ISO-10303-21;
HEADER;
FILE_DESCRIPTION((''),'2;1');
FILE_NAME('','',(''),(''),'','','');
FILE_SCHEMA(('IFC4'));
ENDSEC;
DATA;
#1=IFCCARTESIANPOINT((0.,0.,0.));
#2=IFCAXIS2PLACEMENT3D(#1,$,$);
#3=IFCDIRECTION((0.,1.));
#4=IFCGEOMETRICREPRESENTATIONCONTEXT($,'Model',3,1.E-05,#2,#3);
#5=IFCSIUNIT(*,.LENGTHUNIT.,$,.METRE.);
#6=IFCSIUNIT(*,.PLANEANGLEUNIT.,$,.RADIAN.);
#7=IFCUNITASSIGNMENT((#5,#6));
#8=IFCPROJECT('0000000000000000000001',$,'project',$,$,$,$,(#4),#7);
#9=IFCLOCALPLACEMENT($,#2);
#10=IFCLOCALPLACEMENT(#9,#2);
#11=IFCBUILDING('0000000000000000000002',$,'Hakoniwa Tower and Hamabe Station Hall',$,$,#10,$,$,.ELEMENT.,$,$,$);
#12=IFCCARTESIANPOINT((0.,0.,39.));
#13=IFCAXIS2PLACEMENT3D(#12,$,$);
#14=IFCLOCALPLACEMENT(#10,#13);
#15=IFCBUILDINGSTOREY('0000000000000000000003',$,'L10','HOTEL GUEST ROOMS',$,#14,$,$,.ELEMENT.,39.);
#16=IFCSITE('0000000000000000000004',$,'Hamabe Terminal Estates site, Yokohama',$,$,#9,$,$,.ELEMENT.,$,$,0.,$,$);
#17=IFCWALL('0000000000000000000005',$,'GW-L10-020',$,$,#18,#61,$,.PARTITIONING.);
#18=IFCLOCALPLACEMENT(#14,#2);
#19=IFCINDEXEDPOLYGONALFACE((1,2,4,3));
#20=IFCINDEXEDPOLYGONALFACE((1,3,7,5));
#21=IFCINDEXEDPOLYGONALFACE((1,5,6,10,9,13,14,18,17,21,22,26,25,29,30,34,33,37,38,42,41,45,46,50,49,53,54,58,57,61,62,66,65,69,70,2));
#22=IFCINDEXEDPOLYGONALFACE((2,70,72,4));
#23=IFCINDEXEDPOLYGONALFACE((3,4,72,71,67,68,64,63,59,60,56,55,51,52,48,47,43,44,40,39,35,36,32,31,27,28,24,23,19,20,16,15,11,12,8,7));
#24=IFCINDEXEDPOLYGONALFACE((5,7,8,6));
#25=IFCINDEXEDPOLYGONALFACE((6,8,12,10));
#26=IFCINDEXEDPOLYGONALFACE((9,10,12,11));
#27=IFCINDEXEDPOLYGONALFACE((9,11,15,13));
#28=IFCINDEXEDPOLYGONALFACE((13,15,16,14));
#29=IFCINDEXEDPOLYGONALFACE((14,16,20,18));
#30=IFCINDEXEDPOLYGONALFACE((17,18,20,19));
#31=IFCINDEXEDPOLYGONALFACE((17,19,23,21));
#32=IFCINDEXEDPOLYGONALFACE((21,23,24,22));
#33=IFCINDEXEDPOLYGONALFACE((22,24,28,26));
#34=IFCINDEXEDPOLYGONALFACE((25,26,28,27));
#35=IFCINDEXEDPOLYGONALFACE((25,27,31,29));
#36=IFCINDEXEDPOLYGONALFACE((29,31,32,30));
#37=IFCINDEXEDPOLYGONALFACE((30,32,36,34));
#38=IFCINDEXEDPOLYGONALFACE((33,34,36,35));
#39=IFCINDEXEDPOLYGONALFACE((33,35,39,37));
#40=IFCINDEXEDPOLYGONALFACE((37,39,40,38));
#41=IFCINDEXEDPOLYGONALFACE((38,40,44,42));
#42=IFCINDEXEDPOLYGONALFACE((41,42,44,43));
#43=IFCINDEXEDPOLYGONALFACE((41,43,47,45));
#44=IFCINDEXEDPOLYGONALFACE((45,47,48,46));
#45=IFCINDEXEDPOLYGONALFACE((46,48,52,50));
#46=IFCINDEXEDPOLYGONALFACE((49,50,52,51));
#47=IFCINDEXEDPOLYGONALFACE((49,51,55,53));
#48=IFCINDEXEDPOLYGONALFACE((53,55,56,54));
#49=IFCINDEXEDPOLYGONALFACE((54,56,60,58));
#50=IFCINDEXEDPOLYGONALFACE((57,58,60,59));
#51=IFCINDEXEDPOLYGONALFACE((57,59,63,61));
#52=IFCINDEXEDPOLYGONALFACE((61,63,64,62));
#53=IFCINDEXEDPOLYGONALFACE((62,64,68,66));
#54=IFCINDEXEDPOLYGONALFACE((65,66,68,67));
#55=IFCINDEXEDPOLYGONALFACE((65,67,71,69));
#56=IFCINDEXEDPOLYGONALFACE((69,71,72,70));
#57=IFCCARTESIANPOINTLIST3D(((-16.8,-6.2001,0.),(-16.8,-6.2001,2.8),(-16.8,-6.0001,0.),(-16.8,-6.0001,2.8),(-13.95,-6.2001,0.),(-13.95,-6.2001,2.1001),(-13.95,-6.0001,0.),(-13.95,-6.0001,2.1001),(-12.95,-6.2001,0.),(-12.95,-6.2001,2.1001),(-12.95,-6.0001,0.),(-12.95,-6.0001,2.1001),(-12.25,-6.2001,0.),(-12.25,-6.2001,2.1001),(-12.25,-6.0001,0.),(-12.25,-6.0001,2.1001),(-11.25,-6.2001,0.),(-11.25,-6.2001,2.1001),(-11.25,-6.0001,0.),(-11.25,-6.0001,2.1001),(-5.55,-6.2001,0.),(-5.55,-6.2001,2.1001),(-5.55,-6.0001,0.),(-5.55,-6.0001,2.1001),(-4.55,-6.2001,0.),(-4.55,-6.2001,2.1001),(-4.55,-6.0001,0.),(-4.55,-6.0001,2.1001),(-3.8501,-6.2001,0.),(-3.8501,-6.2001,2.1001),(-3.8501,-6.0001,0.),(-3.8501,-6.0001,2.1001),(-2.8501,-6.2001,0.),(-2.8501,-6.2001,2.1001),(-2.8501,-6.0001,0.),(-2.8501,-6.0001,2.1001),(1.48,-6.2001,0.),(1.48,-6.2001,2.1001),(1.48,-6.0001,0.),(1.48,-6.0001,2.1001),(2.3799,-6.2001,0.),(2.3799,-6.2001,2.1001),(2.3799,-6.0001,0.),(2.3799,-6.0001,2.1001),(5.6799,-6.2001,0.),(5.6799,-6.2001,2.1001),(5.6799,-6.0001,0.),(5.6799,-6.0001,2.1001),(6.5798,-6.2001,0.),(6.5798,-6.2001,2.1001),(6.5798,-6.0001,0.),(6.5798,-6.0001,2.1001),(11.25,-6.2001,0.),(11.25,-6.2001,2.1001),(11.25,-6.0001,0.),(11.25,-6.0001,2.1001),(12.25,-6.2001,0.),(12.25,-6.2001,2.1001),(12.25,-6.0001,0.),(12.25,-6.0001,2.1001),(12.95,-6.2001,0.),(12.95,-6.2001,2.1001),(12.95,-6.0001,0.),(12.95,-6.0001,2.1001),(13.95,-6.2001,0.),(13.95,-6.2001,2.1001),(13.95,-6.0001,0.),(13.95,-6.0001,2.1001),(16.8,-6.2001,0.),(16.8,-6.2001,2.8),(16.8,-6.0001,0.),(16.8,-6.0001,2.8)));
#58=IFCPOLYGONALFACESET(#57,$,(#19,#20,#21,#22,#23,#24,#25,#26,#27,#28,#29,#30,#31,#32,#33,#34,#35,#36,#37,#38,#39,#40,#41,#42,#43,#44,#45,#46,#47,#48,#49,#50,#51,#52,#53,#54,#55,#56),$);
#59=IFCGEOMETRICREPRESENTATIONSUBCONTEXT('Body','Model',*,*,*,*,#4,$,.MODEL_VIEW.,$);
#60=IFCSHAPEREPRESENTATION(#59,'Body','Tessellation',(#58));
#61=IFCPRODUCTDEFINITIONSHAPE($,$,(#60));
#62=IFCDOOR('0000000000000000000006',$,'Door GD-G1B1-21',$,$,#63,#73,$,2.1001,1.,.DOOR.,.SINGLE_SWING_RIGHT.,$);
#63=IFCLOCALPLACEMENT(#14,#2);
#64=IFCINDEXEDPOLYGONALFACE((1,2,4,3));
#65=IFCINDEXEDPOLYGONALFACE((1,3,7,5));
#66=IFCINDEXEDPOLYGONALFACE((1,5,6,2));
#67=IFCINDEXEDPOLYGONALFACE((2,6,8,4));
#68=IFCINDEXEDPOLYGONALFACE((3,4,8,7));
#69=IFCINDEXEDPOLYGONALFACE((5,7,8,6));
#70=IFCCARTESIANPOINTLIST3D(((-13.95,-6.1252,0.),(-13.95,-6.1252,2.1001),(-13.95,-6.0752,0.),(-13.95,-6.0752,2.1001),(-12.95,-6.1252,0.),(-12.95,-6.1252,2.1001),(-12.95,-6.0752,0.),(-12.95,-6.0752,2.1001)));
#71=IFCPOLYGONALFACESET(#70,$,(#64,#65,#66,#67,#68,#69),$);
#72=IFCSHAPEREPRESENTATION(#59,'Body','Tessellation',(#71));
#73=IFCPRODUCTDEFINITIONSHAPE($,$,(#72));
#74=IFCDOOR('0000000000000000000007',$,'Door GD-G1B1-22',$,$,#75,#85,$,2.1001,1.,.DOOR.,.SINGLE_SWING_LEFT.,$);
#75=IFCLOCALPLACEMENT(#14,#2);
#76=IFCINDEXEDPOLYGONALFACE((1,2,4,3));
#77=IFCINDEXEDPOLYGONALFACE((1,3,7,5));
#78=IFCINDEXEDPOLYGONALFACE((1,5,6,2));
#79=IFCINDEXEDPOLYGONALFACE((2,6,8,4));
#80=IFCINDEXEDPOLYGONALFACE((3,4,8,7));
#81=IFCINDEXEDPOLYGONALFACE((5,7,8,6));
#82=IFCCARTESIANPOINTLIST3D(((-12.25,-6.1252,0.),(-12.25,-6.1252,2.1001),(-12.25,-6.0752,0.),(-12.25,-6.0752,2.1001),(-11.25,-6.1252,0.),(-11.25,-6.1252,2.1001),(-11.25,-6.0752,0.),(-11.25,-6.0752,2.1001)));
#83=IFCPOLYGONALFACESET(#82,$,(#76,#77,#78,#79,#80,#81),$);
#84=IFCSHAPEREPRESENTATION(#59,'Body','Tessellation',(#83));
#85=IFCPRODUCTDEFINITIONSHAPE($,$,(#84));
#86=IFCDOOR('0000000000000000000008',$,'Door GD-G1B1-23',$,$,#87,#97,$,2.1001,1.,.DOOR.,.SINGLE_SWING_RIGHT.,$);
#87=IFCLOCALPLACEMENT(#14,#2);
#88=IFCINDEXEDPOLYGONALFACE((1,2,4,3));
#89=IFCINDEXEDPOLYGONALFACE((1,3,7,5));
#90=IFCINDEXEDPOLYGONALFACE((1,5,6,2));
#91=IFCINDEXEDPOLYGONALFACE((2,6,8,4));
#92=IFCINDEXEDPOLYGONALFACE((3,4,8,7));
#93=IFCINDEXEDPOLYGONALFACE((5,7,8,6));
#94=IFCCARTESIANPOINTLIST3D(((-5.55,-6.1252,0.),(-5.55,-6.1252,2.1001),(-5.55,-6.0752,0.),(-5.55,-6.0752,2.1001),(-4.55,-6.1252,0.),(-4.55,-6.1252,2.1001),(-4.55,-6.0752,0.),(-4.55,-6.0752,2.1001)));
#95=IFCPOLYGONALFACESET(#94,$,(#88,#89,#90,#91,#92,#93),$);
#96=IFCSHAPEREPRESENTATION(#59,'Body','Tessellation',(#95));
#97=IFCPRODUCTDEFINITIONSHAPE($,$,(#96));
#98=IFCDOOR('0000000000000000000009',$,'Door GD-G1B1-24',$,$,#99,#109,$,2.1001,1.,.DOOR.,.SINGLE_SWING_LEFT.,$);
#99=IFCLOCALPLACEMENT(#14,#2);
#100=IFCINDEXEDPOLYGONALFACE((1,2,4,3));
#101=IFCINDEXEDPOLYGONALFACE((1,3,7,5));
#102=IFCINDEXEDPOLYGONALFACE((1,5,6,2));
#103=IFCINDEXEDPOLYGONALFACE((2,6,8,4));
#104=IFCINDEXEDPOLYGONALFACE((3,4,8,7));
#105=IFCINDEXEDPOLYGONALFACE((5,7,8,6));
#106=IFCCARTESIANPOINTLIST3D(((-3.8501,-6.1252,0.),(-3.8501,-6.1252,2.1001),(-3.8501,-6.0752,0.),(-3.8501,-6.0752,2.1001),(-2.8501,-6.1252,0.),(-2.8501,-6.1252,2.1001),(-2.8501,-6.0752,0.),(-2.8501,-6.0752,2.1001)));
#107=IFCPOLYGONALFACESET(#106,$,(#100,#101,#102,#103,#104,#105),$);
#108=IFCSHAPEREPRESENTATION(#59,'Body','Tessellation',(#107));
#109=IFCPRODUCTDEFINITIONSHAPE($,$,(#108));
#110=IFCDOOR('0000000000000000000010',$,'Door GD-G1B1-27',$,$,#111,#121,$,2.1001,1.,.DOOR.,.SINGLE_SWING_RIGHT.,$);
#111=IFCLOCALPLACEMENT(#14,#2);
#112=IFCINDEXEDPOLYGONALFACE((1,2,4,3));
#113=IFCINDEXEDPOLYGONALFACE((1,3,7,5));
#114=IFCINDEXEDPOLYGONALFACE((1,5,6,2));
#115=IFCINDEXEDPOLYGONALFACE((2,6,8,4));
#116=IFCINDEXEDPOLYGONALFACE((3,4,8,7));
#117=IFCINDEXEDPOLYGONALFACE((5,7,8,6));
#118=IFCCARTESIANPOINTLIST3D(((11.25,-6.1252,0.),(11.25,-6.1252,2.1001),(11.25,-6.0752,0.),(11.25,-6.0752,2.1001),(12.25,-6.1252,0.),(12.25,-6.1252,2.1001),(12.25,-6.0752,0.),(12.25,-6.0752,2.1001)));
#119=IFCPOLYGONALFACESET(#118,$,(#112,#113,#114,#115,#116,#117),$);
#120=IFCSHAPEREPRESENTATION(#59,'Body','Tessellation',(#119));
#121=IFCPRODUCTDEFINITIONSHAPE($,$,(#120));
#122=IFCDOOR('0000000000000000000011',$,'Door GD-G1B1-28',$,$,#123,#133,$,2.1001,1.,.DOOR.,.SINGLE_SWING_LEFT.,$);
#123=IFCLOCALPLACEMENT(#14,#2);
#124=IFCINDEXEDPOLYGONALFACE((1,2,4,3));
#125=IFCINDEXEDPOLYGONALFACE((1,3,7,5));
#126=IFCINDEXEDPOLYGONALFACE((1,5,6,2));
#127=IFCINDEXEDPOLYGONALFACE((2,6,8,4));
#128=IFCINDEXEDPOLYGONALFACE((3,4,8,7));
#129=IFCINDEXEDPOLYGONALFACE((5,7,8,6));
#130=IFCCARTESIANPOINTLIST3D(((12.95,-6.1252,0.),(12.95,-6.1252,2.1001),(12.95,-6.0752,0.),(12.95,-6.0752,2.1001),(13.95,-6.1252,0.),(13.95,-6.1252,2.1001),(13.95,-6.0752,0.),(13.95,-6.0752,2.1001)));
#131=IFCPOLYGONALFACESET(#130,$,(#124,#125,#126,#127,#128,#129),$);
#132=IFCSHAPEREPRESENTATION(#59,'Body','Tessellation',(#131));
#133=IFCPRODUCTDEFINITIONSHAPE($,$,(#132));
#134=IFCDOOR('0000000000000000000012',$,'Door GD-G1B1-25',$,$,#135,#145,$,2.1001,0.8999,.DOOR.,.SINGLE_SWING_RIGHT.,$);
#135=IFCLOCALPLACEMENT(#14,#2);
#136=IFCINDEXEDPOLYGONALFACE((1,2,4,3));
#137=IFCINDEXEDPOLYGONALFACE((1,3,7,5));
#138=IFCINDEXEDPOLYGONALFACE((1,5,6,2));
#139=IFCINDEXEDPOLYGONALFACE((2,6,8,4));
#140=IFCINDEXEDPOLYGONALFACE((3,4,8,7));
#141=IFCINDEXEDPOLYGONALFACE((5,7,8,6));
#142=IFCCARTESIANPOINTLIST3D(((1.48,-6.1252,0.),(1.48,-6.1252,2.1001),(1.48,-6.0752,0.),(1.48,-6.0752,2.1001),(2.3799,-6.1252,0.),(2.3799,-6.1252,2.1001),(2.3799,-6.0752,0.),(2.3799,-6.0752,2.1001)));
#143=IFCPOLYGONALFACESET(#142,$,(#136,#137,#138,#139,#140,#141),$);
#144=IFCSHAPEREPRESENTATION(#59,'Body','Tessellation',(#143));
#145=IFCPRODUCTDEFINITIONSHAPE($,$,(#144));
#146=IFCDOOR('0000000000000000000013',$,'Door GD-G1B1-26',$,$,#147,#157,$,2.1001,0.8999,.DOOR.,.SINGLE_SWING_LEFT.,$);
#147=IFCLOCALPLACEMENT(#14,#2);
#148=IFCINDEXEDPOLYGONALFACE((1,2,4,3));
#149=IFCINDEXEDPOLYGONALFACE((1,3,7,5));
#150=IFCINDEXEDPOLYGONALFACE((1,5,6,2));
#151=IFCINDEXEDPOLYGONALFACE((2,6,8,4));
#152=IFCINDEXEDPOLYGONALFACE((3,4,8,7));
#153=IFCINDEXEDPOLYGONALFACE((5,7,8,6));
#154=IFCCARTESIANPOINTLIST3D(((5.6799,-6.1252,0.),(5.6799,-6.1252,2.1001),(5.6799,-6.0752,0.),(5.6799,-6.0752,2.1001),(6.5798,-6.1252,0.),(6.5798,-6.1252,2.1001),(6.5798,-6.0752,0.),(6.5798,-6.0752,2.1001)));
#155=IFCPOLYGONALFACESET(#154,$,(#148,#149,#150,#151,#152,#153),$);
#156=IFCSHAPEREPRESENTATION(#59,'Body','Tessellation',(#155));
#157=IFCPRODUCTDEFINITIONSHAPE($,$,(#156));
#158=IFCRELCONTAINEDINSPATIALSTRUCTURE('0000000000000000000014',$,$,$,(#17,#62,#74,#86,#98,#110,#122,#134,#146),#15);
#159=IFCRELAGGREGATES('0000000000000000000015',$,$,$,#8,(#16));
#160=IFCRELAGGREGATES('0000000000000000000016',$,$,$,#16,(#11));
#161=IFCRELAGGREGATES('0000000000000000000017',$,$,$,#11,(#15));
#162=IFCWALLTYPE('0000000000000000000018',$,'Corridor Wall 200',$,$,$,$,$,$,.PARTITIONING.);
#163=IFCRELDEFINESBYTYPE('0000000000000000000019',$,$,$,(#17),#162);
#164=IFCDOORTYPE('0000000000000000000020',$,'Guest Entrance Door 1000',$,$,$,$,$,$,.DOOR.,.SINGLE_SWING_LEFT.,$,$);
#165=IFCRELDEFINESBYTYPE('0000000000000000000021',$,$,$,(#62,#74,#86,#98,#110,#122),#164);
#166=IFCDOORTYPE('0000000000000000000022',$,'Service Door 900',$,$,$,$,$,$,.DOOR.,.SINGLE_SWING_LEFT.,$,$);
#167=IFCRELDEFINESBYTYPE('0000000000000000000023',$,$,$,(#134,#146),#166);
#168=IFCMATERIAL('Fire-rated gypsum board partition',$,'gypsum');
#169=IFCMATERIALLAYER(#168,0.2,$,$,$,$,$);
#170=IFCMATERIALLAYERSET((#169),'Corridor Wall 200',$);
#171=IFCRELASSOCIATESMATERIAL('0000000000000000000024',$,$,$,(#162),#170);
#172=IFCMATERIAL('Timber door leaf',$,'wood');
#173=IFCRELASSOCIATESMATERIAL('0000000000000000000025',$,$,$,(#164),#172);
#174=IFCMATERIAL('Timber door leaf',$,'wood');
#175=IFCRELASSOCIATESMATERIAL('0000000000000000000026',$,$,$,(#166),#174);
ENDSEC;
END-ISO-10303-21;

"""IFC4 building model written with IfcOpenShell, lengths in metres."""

from ifc_helpers import new_model, si_unit, direction, frame, frame_2d, origin, place, context, subcontext, project, spatial, rectangle, extrude, material, layer, layer_set, type_object, element, fill, save


model = new_model("IFC4")

# Units and contexts
model_context = context("Model", 3, precision=1e-05, world=origin(), true_north=direction((0.0, 1.0)))
body_context = subcontext(model_context, "Body", "Model", "MODEL_VIEW")
ifc_project = project(units=[si_unit("LENGTHUNIT", "METRE"), si_unit("PLANEANGLEUNIT", "RADIAN")], contexts=[model_context])

# Site, building, storey
site_placement = place(None, origin())
site = spatial("IfcSite", under=ifc_project, at=site_placement, Name="Hamabe Terminal Estates site, Yokohama", CompositionType="ELEMENT", RefElevation=0.0)
building_placement = place(site_placement, origin())
building = spatial("IfcBuilding", under=site, at=building_placement, Name="Hakoniwa Tower and Hamabe Station Hall", CompositionType="ELEMENT")
storey_placement = place(building_placement, frame((0.0, 0.0, 39.0)))
storey = spatial("IfcBuildingStorey", under=building, at=storey_placement, Name="L10", Description="HOTEL GUEST ROOMS", CompositionType="ELEMENT", Elevation=39.0)

# Wall, openings, doors
ifc_material_1 = material(Name="Fire-rated gypsum board partition", Category="gypsum")
ifc_layer_1 = layer(ifc_material_1, 0.2)
ifc_layer_set_1 = layer_set([ifc_layer_1], Name="Corridor Wall 200")
wall_type_1 = type_object("IfcWallType", Name="Corridor Wall 200", PredefinedType="PARTITIONING", material=ifc_layer_set_1)
wall_1_placement = place(storey_placement, frame((-16.8, -6.1001, 0.0), z_axis=(0.0, 0.0, 1.0), x_axis=(1.0, 0.0, 0.0)))
wall_1 = element("IfcWall", 1, at=wall_1_placement, inside=storey, type_object=wall_type_1, Name="GW-L10-020", PredefinedType="PARTITIONING", context=body_context, shape_type="SweptSolid", body=[
    extrude(rectangle(XDim=33.6001, YDim=0.2, at=frame_2d((16.8, 0.0))), origin(), (0.0, 0.0, 1.0), 2.8),
])
opening_1_placement = place(wall_1_placement, frame((2.8501, 0.0, 0.0)))
opening_1 = element("IfcOpeningElement", 2, at=opening_1_placement, cuts=wall_1, PredefinedType="OPENING", context=body_context, shape_type="SweptSolid", body=[
    extrude(rectangle(XDim=1.0, YDim=2.1001, at=frame_2d((0.5, 1.05))), frame((0.0, 0.1099, 0.0), z_axis=(0.0, -1.0, 0.0), x_axis=(1.0, 0.0, 0.0)), (0.0, 0.0, 1.0), 0.22),
])
opening_2_placement = place(wall_1_placement, frame((4.55, 0.0, 0.0)))
opening_2 = element("IfcOpeningElement", 3, at=opening_2_placement, cuts=wall_1, PredefinedType="OPENING", context=body_context, shape_type="SweptSolid", body=[
    extrude(rectangle(XDim=1.0, YDim=2.1001, at=frame_2d((0.5, 1.05))), frame((0.0, 0.1099, 0.0), z_axis=(0.0, -1.0, 0.0), x_axis=(1.0, 0.0, 0.0)), (0.0, 0.0, 1.0), 0.22),
])
opening_3_placement = place(wall_1_placement, frame((11.25, 0.0, 0.0)))
opening_3 = element("IfcOpeningElement", 4, at=opening_3_placement, cuts=wall_1, PredefinedType="OPENING", context=body_context, shape_type="SweptSolid", body=[
    extrude(rectangle(XDim=1.0, YDim=2.1001, at=frame_2d((0.5, 1.05))), frame((0.0, 0.1099, 0.0), z_axis=(0.0, -1.0, 0.0), x_axis=(1.0, 0.0, 0.0)), (0.0, 0.0, 1.0), 0.22),
])
opening_4_placement = place(wall_1_placement, frame((12.95, 0.0, 0.0)))
opening_4 = element("IfcOpeningElement", 5, at=opening_4_placement, cuts=wall_1, PredefinedType="OPENING", context=body_context, shape_type="SweptSolid", body=[
    extrude(rectangle(XDim=1.0, YDim=2.1001, at=frame_2d((0.5, 1.05))), frame((0.0, 0.1099, 0.0), z_axis=(0.0, -1.0, 0.0), x_axis=(1.0, 0.0, 0.0)), (0.0, 0.0, 1.0), 0.22),
])
opening_5_placement = place(wall_1_placement, frame((18.28, 0.0, 0.0)))
opening_5 = element("IfcOpeningElement", 6, at=opening_5_placement, cuts=wall_1, PredefinedType="OPENING", context=body_context, shape_type="SweptSolid", body=[
    extrude(rectangle(XDim=0.8999, YDim=2.1001, at=frame_2d((0.45, 1.05))), frame((0.0, 0.1099, 0.0), z_axis=(0.0, -1.0, 0.0), x_axis=(1.0, 0.0, 0.0)), (0.0, 0.0, 1.0), 0.22),
])
opening_6_placement = place(wall_1_placement, frame((22.48, 0.0, 0.0)))
opening_6 = element("IfcOpeningElement", 7, at=opening_6_placement, cuts=wall_1, PredefinedType="OPENING", context=body_context, shape_type="SweptSolid", body=[
    extrude(rectangle(XDim=0.8999, YDim=2.1001, at=frame_2d((0.45, 1.05))), frame((0.0, 0.1099, 0.0), z_axis=(0.0, -1.0, 0.0), x_axis=(1.0, 0.0, 0.0)), (0.0, 0.0, 1.0), 0.22),
])
opening_7_placement = place(wall_1_placement, frame((28.05, 0.0, 0.0)))
opening_7 = element("IfcOpeningElement", 8, at=opening_7_placement, cuts=wall_1, PredefinedType="OPENING", context=body_context, shape_type="SweptSolid", body=[
    extrude(rectangle(XDim=1.0, YDim=2.1001, at=frame_2d((0.5, 1.05))), frame((0.0, 0.1099, 0.0), z_axis=(0.0, -1.0, 0.0), x_axis=(1.0, 0.0, 0.0)), (0.0, 0.0, 1.0), 0.22),
])
opening_8_placement = place(wall_1_placement, frame((29.75, 0.0, 0.0)))
opening_8 = element("IfcOpeningElement", 9, at=opening_8_placement, cuts=wall_1, PredefinedType="OPENING", context=body_context, shape_type="SweptSolid", body=[
    extrude(rectangle(XDim=1.0, YDim=2.1001, at=frame_2d((0.5, 1.05))), frame((0.0, 0.1099, 0.0), z_axis=(0.0, -1.0, 0.0), x_axis=(1.0, 0.0, 0.0)), (0.0, 0.0, 1.0), 0.22),
])
ifc_material_2 = material(Name="Timber door leaf", Category="wood")
door_type_1 = type_object("IfcDoorType", Name="Guest Entrance Door 1000", OperationType="SINGLE_SWING_LEFT", PredefinedType="DOOR", material=ifc_material_2)
door_1_placement = place(opening_1_placement, origin())
door_1 = element("IfcDoor", 10, at=door_1_placement, inside=storey, type_object=door_type_1, Name="Door GD-G1B1-21", OperationType="SINGLE_SWING_RIGHT", OverallHeight=2.1001, OverallWidth=1.0, PredefinedType="DOOR", context=body_context, shape_type="SweptSolid", body=[
    extrude(rectangle(XDim=1.0, YDim=2.1001, at=frame_2d((0.5, 1.05))), frame((0.0, 0.0249, 0.0), z_axis=(0.0, -1.0, 0.0), x_axis=(1.0, 0.0, 0.0)), (0.0, 0.0, 1.0), 0.05),
])
fill(opening_1, door_1)
door_2_placement = place(opening_2_placement, origin())
door_2 = element("IfcDoor", 11, at=door_2_placement, inside=storey, type_object=door_type_1, Name="Door GD-G1B1-22", OperationType="SINGLE_SWING_LEFT", OverallHeight=2.1001, OverallWidth=1.0, PredefinedType="DOOR", context=body_context, shape_type="SweptSolid", body=[
    extrude(rectangle(XDim=1.0, YDim=2.1001, at=frame_2d((0.5, 1.05))), frame((0.0, 0.0249, 0.0), z_axis=(0.0, -1.0, 0.0), x_axis=(1.0, 0.0, 0.0)), (0.0, 0.0, 1.0), 0.05),
])
fill(opening_2, door_2)
door_3_placement = place(opening_3_placement, origin())
door_3 = element("IfcDoor", 12, at=door_3_placement, inside=storey, type_object=door_type_1, Name="Door GD-G1B1-23", OperationType="SINGLE_SWING_RIGHT", OverallHeight=2.1001, OverallWidth=1.0, PredefinedType="DOOR", context=body_context, shape_type="SweptSolid", body=[
    extrude(rectangle(XDim=1.0, YDim=2.1001, at=frame_2d((0.5, 1.05))), frame((0.0, 0.0249, 0.0), z_axis=(0.0, -1.0, 0.0), x_axis=(1.0, 0.0, 0.0)), (0.0, 0.0, 1.0), 0.05),
])
fill(opening_3, door_3)
door_4_placement = place(opening_4_placement, origin())
door_4 = element("IfcDoor", 13, at=door_4_placement, inside=storey, type_object=door_type_1, Name="Door GD-G1B1-24", OperationType="SINGLE_SWING_LEFT", OverallHeight=2.1001, OverallWidth=1.0, PredefinedType="DOOR", context=body_context, shape_type="SweptSolid", body=[
    extrude(rectangle(XDim=1.0, YDim=2.1001, at=frame_2d((0.5, 1.05))), frame((0.0, 0.0249, 0.0), z_axis=(0.0, -1.0, 0.0), x_axis=(1.0, 0.0, 0.0)), (0.0, 0.0, 1.0), 0.05),
])
fill(opening_4, door_4)
door_5_placement = place(opening_7_placement, origin())
door_5 = element("IfcDoor", 14, at=door_5_placement, inside=storey, type_object=door_type_1, Name="Door GD-G1B1-27", OperationType="SINGLE_SWING_RIGHT", OverallHeight=2.1001, OverallWidth=1.0, PredefinedType="DOOR", context=body_context, shape_type="SweptSolid", body=[
    extrude(rectangle(XDim=1.0, YDim=2.1001, at=frame_2d((0.5, 1.05))), frame((0.0, 0.0249, 0.0), z_axis=(0.0, -1.0, 0.0), x_axis=(1.0, 0.0, 0.0)), (0.0, 0.0, 1.0), 0.05),
])
fill(opening_7, door_5)
door_6_placement = place(opening_8_placement, origin())
door_6 = element("IfcDoor", 15, at=door_6_placement, inside=storey, type_object=door_type_1, Name="Door GD-G1B1-28", OperationType="SINGLE_SWING_LEFT", OverallHeight=2.1001, OverallWidth=1.0, PredefinedType="DOOR", context=body_context, shape_type="SweptSolid", body=[
    extrude(rectangle(XDim=1.0, YDim=2.1001, at=frame_2d((0.5, 1.05))), frame((0.0, 0.0249, 0.0), z_axis=(0.0, -1.0, 0.0), x_axis=(1.0, 0.0, 0.0)), (0.0, 0.0, 1.0), 0.05),
])
fill(opening_8, door_6)
ifc_material_3 = material(Name="Timber door leaf", Category="wood")
door_type_2 = type_object("IfcDoorType", Name="Service Door 900", OperationType="SINGLE_SWING_LEFT", PredefinedType="DOOR", material=ifc_material_3)
door_7_placement = place(opening_5_placement, origin())
door_7 = element("IfcDoor", 16, at=door_7_placement, inside=storey, type_object=door_type_2, Name="Door GD-G1B1-25", OperationType="SINGLE_SWING_RIGHT", OverallHeight=2.1001, OverallWidth=0.8999, PredefinedType="DOOR", context=body_context, shape_type="SweptSolid", body=[
    extrude(rectangle(XDim=0.8999, YDim=2.1001, at=frame_2d((0.45, 1.05))), frame((0.0, 0.0249, 0.0), z_axis=(0.0, -1.0, 0.0), x_axis=(1.0, 0.0, 0.0)), (0.0, 0.0, 1.0), 0.05),
])
fill(opening_5, door_7)
door_8_placement = place(opening_6_placement, origin())
door_8 = element("IfcDoor", 17, at=door_8_placement, inside=storey, type_object=door_type_2, Name="Door GD-G1B1-26", OperationType="SINGLE_SWING_LEFT", OverallHeight=2.1001, OverallWidth=0.8999, PredefinedType="DOOR", context=body_context, shape_type="SweptSolid", body=[
    extrude(rectangle(XDim=0.8999, YDim=2.1001, at=frame_2d((0.45, 1.05))), frame((0.0, 0.0249, 0.0), z_axis=(0.0, -1.0, 0.0), x_axis=(1.0, 0.0, 0.0)), (0.0, 0.0, 1.0), 0.05),
])
fill(opening_6, door_8)

save(model, "model.ifc")
